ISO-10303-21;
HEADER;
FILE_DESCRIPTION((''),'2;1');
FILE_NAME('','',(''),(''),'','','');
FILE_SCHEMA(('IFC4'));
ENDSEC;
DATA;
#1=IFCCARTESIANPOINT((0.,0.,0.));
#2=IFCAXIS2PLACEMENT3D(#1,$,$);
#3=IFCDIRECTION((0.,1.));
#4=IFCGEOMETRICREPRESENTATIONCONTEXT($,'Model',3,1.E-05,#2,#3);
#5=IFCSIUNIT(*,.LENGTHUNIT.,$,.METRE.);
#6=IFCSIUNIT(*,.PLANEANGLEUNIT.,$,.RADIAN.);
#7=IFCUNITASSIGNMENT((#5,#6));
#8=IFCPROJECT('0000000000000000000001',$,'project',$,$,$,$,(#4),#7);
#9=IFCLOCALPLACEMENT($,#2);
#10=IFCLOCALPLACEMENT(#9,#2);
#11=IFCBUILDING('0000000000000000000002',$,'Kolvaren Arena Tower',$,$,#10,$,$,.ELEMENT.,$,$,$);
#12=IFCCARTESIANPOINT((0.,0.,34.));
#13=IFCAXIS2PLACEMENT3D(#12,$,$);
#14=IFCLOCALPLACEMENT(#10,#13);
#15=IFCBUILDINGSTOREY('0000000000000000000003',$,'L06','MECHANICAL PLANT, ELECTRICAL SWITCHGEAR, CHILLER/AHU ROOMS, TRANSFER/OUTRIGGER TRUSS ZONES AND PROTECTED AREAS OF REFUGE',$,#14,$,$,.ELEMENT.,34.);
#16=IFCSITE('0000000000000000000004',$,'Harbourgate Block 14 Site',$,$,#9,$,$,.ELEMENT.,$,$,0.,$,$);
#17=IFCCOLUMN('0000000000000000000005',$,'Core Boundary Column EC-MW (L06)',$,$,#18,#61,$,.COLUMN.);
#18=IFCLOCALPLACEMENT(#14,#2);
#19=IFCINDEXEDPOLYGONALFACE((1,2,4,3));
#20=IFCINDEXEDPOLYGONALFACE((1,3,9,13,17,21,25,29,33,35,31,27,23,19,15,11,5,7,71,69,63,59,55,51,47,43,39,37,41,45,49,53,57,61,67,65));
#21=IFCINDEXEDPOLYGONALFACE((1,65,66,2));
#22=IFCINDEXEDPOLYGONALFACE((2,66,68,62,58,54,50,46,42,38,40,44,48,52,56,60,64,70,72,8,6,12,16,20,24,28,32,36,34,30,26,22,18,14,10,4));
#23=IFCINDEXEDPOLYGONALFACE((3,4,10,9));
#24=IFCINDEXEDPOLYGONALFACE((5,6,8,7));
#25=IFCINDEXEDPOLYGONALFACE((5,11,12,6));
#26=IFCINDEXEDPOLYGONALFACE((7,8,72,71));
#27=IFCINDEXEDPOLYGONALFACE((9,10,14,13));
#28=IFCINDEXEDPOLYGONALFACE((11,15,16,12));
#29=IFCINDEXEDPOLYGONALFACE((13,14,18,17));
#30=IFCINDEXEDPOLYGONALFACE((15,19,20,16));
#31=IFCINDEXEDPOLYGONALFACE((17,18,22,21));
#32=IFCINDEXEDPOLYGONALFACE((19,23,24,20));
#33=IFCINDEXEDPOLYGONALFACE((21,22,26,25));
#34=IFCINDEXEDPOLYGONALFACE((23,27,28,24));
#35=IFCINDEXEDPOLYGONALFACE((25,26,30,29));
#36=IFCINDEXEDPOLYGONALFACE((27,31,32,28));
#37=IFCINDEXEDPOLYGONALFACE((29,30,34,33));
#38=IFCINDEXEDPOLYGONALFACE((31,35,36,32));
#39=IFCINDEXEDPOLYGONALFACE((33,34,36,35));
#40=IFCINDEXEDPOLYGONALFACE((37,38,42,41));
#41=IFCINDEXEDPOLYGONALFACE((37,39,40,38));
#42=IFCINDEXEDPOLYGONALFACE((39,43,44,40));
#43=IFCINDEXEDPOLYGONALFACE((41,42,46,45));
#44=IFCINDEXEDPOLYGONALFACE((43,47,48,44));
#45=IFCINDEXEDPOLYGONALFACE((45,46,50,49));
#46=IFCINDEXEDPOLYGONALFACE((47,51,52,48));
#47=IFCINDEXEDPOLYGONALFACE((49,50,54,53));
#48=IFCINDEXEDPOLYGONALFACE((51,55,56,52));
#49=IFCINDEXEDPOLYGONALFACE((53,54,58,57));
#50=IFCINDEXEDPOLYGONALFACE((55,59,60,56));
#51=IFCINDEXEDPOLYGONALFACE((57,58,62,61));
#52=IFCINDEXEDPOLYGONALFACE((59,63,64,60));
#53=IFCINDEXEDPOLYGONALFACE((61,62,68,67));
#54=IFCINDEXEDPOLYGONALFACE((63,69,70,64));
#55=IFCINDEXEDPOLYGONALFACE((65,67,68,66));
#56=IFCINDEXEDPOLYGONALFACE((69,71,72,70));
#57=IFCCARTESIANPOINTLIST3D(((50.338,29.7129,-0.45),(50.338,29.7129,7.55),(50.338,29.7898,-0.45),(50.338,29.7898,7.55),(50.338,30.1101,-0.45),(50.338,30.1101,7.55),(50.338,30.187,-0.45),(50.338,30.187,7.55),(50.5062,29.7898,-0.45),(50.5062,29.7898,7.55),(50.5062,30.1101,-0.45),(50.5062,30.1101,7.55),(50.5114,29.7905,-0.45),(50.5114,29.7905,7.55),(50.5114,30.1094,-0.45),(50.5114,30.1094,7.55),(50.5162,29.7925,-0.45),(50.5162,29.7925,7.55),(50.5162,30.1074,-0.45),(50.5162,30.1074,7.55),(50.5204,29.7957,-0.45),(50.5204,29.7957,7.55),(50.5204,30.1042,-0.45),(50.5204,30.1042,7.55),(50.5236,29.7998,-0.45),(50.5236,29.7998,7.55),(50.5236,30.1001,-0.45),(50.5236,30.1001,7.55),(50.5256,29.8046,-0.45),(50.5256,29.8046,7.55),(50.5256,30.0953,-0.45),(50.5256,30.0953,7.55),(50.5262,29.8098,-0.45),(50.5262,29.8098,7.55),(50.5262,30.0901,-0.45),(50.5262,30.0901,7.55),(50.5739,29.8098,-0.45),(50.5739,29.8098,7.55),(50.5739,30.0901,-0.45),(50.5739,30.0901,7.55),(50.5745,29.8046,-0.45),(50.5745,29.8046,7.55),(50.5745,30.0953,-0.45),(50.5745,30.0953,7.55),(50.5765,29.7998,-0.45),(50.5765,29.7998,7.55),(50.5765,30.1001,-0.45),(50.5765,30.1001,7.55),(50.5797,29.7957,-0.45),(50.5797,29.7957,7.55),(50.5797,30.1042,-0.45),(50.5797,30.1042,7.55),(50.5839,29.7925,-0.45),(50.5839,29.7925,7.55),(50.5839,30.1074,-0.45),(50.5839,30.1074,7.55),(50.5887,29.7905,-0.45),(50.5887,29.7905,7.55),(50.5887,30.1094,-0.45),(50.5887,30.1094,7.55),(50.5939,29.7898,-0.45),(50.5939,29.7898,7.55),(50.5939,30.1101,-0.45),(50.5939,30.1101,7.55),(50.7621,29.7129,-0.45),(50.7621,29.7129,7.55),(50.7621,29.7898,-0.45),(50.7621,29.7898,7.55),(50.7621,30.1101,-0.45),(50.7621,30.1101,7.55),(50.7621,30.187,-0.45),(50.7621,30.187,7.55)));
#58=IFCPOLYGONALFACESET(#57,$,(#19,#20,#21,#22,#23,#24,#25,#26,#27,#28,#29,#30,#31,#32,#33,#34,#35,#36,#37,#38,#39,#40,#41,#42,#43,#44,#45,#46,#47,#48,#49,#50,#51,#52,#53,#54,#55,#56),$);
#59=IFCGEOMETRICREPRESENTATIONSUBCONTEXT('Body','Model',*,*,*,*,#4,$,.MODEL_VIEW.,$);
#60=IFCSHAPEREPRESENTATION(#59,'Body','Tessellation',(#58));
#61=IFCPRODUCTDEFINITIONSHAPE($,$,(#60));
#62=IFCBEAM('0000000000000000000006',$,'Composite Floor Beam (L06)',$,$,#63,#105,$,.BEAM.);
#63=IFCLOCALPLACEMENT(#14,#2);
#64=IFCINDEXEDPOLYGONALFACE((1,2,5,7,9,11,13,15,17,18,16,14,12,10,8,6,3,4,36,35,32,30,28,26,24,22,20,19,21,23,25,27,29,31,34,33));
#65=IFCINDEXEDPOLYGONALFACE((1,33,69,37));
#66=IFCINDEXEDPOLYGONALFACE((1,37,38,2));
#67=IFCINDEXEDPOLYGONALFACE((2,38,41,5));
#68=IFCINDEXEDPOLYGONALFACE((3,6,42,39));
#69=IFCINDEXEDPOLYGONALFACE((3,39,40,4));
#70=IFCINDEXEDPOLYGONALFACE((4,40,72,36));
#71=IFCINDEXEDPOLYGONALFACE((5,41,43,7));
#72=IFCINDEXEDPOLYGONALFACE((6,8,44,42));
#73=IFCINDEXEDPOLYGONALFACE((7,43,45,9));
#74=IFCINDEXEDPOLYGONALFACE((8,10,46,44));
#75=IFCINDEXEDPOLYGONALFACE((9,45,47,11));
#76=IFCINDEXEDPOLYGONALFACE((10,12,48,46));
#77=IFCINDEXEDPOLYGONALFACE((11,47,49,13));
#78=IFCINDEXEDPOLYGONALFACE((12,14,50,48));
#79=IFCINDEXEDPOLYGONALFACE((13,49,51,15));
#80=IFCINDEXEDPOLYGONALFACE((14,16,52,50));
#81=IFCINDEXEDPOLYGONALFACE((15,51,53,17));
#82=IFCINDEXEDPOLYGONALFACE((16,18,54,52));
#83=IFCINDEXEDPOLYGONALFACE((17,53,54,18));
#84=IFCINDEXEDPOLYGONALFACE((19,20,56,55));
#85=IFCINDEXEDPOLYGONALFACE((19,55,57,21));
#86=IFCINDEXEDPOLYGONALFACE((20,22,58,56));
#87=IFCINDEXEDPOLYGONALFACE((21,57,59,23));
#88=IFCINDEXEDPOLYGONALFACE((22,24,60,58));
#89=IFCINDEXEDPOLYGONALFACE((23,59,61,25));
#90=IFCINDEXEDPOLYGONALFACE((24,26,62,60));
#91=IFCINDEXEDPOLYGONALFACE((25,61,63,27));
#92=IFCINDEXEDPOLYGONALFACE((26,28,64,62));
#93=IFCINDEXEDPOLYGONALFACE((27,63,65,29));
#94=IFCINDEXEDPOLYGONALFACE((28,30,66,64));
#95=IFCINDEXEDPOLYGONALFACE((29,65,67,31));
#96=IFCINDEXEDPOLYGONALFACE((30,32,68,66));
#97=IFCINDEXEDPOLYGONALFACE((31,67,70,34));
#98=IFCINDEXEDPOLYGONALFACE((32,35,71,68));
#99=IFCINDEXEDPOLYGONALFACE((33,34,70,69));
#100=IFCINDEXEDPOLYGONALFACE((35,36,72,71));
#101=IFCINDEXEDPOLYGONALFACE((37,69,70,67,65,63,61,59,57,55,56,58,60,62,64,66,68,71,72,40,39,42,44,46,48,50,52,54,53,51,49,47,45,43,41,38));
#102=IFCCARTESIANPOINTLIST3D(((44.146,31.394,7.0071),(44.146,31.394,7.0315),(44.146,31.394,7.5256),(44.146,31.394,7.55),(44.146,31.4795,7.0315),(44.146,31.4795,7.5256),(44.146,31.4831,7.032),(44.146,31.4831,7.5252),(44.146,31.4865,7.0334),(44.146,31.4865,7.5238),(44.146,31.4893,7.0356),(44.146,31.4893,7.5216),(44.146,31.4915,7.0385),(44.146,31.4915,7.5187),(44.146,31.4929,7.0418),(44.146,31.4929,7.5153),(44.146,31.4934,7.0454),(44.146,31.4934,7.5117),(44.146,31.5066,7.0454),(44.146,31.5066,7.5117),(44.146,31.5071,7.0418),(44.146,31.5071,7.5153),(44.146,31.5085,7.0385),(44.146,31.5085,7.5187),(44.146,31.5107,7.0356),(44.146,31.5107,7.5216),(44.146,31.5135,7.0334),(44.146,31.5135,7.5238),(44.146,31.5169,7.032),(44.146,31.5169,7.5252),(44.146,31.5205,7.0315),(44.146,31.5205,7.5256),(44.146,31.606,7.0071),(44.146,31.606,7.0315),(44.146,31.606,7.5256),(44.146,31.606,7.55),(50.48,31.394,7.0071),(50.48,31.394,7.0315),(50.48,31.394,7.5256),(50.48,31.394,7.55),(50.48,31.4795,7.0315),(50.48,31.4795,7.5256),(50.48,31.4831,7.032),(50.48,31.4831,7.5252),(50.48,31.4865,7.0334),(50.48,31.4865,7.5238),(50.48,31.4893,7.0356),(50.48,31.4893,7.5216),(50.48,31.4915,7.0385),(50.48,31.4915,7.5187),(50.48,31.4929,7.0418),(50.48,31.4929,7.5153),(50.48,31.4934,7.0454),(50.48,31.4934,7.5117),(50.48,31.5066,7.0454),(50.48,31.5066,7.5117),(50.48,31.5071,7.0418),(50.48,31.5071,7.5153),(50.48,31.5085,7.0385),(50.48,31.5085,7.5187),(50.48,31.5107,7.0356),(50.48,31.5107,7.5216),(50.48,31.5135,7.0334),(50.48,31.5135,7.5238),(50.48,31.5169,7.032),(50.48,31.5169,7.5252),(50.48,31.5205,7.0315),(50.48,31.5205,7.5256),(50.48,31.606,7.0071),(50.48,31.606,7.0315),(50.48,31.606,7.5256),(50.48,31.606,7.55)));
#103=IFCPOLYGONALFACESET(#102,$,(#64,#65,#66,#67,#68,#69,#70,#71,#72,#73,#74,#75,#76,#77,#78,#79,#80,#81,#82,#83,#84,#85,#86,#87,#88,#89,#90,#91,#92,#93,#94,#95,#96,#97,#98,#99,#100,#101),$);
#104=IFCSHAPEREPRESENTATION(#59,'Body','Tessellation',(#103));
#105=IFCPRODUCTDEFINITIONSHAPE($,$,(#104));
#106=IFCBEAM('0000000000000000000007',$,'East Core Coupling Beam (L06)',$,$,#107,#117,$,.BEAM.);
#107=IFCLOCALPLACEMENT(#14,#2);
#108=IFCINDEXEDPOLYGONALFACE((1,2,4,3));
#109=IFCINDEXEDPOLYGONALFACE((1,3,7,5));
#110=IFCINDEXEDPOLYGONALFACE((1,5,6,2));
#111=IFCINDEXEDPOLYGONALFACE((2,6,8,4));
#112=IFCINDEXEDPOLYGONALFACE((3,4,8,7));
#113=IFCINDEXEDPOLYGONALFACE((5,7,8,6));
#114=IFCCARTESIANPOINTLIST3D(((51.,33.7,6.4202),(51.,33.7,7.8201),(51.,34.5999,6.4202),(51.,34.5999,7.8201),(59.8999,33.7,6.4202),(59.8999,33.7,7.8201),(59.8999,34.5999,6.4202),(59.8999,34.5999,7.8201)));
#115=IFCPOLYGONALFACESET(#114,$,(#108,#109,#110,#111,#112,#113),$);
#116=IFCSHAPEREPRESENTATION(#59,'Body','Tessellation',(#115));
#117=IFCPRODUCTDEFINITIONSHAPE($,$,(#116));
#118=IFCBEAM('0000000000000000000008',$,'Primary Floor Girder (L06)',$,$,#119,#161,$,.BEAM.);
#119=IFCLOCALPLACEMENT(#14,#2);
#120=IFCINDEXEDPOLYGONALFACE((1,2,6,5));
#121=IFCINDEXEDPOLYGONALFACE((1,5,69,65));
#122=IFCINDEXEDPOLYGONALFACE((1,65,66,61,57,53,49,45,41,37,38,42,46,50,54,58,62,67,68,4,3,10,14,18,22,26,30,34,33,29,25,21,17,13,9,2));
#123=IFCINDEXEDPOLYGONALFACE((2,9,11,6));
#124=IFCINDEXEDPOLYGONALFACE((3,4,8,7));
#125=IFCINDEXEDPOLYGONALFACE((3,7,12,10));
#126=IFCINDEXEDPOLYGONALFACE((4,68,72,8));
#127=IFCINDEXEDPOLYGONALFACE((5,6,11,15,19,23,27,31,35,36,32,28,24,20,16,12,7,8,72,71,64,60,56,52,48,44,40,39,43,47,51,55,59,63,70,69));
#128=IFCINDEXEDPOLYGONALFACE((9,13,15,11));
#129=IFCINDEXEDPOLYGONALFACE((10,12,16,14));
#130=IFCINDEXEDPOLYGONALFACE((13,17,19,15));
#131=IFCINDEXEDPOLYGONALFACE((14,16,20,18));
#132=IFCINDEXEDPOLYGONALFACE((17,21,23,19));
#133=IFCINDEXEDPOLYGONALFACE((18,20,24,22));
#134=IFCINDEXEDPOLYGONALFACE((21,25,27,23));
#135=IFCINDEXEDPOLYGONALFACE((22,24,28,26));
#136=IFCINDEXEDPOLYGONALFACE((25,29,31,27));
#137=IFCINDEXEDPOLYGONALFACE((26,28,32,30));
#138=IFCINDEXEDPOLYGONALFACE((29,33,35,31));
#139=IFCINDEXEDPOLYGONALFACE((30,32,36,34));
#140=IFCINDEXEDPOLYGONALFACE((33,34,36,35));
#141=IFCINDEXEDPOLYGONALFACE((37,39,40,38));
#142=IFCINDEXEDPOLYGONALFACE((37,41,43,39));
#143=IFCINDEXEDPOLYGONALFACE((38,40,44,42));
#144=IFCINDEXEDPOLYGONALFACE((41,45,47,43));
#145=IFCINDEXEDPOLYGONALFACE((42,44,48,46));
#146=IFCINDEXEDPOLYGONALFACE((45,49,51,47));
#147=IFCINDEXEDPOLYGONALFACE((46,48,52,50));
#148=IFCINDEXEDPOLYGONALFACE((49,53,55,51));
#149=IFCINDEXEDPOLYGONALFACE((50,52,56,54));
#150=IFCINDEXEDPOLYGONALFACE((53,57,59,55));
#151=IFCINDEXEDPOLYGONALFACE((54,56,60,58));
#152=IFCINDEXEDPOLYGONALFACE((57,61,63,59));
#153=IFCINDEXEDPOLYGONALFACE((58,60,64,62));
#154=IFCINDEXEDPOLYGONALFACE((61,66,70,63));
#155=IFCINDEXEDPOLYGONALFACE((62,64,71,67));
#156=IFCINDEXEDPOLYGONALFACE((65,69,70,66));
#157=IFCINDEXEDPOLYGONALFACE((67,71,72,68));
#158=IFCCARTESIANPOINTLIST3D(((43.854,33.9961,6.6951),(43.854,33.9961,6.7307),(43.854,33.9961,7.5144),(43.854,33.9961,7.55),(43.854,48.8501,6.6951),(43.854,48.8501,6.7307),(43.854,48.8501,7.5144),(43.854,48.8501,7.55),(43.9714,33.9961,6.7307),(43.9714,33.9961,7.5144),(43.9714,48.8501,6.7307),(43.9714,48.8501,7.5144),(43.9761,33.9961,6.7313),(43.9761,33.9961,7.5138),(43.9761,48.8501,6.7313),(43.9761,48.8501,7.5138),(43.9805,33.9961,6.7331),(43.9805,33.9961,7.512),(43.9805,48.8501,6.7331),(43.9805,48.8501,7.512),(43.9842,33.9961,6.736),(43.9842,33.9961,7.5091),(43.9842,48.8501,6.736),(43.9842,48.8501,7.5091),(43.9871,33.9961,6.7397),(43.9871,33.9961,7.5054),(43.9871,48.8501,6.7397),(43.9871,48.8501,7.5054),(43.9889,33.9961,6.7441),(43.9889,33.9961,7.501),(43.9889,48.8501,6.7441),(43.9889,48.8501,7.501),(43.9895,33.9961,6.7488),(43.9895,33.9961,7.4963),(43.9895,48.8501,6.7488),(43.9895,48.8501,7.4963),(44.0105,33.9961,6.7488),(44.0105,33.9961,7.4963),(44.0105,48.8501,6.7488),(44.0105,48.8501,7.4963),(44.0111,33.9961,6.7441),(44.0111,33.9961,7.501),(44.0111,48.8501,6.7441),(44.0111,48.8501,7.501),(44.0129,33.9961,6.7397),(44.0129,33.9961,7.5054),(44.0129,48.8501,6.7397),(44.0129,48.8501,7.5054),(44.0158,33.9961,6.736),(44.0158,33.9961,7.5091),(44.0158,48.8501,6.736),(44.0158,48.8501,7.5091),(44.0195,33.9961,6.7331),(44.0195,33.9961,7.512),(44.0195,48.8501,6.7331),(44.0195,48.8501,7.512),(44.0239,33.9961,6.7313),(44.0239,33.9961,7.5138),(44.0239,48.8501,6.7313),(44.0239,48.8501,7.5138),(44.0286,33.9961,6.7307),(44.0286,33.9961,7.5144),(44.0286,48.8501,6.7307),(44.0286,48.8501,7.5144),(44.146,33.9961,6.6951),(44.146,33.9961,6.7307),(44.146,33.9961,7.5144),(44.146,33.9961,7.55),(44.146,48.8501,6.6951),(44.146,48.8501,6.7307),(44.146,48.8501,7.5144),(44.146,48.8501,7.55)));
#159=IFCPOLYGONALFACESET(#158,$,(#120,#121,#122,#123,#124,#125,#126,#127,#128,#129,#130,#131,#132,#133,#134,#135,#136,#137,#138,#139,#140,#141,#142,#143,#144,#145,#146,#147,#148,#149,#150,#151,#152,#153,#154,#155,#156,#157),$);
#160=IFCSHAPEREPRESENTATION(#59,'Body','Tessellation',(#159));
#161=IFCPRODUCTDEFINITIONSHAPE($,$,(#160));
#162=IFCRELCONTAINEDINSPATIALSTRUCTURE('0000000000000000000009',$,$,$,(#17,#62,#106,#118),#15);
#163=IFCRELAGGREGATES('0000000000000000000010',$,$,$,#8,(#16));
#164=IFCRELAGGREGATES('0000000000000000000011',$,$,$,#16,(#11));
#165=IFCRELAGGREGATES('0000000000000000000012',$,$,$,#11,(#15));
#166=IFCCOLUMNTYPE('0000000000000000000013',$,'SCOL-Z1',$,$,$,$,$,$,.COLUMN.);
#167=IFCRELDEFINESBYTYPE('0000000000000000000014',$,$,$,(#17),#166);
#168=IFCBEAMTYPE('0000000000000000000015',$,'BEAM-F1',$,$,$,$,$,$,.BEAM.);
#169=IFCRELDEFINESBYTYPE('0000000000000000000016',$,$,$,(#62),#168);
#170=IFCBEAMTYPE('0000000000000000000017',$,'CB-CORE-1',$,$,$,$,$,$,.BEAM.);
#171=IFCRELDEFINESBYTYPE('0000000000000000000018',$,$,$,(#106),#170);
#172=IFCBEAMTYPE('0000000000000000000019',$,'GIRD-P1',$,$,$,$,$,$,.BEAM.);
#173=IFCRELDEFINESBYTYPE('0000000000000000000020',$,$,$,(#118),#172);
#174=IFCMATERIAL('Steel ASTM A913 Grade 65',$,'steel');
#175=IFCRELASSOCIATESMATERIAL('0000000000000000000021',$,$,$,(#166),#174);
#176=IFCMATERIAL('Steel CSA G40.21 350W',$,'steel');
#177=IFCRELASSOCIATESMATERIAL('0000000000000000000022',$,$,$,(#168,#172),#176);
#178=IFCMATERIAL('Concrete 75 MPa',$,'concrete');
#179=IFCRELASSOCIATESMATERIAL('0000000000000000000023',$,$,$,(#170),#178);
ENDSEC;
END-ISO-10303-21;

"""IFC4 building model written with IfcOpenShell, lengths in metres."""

from ifc_helpers import new_model, si_unit, direction, frame, origin, origin_2d, place, context, subcontext, project, spatial, rectangle, i_section, extrude, material, material_profile, profile_set, type_object, element, save


model = new_model("IFC4")

# Units and contexts
model_context = context("Model", 3, precision=1e-05, world=origin(), true_north=direction((0.0, 1.0)))
body_context = subcontext(model_context, "Body", "Model", "MODEL_VIEW")
ifc_project = project(units=[si_unit("LENGTHUNIT", "METRE"), si_unit("PLANEANGLEUNIT", "RADIAN")], contexts=[model_context])

# Site, building, storey
site_placement = place(None, origin())
site = spatial("IfcSite", under=ifc_project, at=site_placement, Name="Harbourgate Block 14 Site", CompositionType="ELEMENT", RefElevation=0.0)
building_placement = place(site_placement, origin())
building = spatial("IfcBuilding", under=site, at=building_placement, Name="Kolvaren Arena Tower", CompositionType="ELEMENT")
storey_placement = place(building_placement, frame((0.0, 0.0, 34.0)))
storey = spatial("IfcBuildingStorey", under=building, at=storey_placement, Name="L06", Description="MECHANICAL PLANT, ELECTRICAL SWITCHGEAR, CHILLER/AHU ROOMS, TRANSFER/OUTRIGGER TRUSS ZONES AND PROTECTED AREAS OF REFUGE", CompositionType="ELEMENT", Elevation=34.0)

# Column
ifc_material_1 = material(Name="Steel ASTM A913 Grade 65", Category="steel")
ifc_material_profile_1 = material_profile(ifc_material_1, i_section(OverallWidth=0.4241, OverallDepth=0.4741, WebThickness=0.0476, FlangeThickness=0.0769, FilletRadius=0.02, at=origin_2d()), Name="W360x634")
ifc_profile_set_1 = profile_set([ifc_material_profile_1], Name="Steel ASTM A913 Grade 65")
column_type = type_object("IfcColumnType", Name="SCOL-Z1", PredefinedType="COLUMN", material=ifc_profile_set_1)
column_placement = place(storey_placement, frame((50.55, 29.95, -0.45), z_axis=(0.0, 0.0, 1.0), x_axis=(1.0, 0.0, 0.0)))
element("IfcColumn", 1, at=column_placement, inside=storey, type_object=column_type, Name="Core Boundary Column EC-MW (L06)", PredefinedType="COLUMN", context=body_context, shape_type="SweptSolid", body=[
    extrude(i_section(OverallWidth=0.4241, OverallDepth=0.4741, WebThickness=0.0476, FlangeThickness=0.0769, FilletRadius=0.02, at=origin_2d()), origin(), (0.0, 0.0, 1.0), 8.0),
])

# Beams
ifc_material_2 = material(Name="Steel CSA G40.21 350W", Category="steel")
ifc_material_profile_2 = material_profile(ifc_material_2, i_section(OverallWidth=0.2119, OverallDepth=0.543, WebThickness=0.0132, FlangeThickness=0.0244, FilletRadius=0.0139, at=origin_2d()), Name="W530x150")
ifc_profile_set_2 = profile_set([ifc_material_profile_2], Name="Steel CSA G40.21 350W")
beam_type_1 = type_object("IfcBeamType", Name="BEAM-F1", PredefinedType="BEAM", material=ifc_profile_set_2)
beam_1_placement = place(storey_placement, frame((44.146, 31.5, 7.2786), z_axis=(1.0, 0.0, 0.0), x_axis=(0.0, 1.0, 0.0)))
element("IfcBeam", 2, at=beam_1_placement, inside=storey, type_object=beam_type_1, Name="Composite Floor Beam (L06)", PredefinedType="BEAM", context=body_context, shape_type="SweptSolid", body=[
    extrude(i_section(OverallWidth=0.2119, OverallDepth=0.543, WebThickness=0.0132, FlangeThickness=0.0244, FilletRadius=0.0139, at=origin_2d()), origin(), (0.0, 0.0, 1.0), 6.334),
])
ifc_material_3 = material(Name="Concrete 75 MPa", Category="concrete")
ifc_material_profile_3 = material_profile(ifc_material_3, rectangle(XDim=0.8999, YDim=1.3999, at=origin_2d()), Name="RC-900x1400")
ifc_profile_set_3 = profile_set([ifc_material_profile_3], Name="Concrete 75 MPa")
beam_type_2 = type_object("IfcBeamType", Name="CB-CORE-1", PredefinedType="BEAM", material=ifc_profile_set_3)
beam_2_placement = place(storey_placement, frame((51.0, 34.1499, 7.1201), z_axis=(1.0, 0.0, 0.0), x_axis=(0.0, 1.0, 0.0)))
element("IfcBeam", 3, at=beam_2_placement, inside=storey, type_object=beam_type_2, Name="East Core Coupling Beam (L06)", PredefinedType="BEAM", context=body_context, shape_type="SweptSolid", body=[
    extrude(rectangle(XDim=0.8999, YDim=1.3999, at=origin_2d()), origin(), (0.0, 0.0, 1.0), 8.8999),
])
ifc_material_profile_4 = material_profile(ifc_material_2, i_section(OverallWidth=0.292, OverallDepth=0.855, WebThickness=0.021, FlangeThickness=0.0356, FilletRadius=0.0181, at=origin_2d()), Name="W840x299")
ifc_profile_set_4 = profile_set([ifc_material_profile_4], Name="Steel CSA G40.21 350W")
beam_type_3 = type_object("IfcBeamType", Name="GIRD-P1", PredefinedType="BEAM", material=ifc_profile_set_4)
beam_3_placement = place(storey_placement, frame((44.0, 33.9961, 7.1226), z_axis=(0.0, 1.0, 0.0), x_axis=(-1.0, 0.0, 0.0)))
element("IfcBeam", 4, at=beam_3_placement, inside=storey, type_object=beam_type_3, Name="Primary Floor Girder (L06)", PredefinedType="BEAM", context=body_context, shape_type="SweptSolid", body=[
    extrude(i_section(OverallWidth=0.292, OverallDepth=0.855, WebThickness=0.021, FlangeThickness=0.0356, FilletRadius=0.0181, at=origin_2d()), origin(), (0.0, 0.0, 1.0), 14.854),
])

save(model, "model.ifc")
